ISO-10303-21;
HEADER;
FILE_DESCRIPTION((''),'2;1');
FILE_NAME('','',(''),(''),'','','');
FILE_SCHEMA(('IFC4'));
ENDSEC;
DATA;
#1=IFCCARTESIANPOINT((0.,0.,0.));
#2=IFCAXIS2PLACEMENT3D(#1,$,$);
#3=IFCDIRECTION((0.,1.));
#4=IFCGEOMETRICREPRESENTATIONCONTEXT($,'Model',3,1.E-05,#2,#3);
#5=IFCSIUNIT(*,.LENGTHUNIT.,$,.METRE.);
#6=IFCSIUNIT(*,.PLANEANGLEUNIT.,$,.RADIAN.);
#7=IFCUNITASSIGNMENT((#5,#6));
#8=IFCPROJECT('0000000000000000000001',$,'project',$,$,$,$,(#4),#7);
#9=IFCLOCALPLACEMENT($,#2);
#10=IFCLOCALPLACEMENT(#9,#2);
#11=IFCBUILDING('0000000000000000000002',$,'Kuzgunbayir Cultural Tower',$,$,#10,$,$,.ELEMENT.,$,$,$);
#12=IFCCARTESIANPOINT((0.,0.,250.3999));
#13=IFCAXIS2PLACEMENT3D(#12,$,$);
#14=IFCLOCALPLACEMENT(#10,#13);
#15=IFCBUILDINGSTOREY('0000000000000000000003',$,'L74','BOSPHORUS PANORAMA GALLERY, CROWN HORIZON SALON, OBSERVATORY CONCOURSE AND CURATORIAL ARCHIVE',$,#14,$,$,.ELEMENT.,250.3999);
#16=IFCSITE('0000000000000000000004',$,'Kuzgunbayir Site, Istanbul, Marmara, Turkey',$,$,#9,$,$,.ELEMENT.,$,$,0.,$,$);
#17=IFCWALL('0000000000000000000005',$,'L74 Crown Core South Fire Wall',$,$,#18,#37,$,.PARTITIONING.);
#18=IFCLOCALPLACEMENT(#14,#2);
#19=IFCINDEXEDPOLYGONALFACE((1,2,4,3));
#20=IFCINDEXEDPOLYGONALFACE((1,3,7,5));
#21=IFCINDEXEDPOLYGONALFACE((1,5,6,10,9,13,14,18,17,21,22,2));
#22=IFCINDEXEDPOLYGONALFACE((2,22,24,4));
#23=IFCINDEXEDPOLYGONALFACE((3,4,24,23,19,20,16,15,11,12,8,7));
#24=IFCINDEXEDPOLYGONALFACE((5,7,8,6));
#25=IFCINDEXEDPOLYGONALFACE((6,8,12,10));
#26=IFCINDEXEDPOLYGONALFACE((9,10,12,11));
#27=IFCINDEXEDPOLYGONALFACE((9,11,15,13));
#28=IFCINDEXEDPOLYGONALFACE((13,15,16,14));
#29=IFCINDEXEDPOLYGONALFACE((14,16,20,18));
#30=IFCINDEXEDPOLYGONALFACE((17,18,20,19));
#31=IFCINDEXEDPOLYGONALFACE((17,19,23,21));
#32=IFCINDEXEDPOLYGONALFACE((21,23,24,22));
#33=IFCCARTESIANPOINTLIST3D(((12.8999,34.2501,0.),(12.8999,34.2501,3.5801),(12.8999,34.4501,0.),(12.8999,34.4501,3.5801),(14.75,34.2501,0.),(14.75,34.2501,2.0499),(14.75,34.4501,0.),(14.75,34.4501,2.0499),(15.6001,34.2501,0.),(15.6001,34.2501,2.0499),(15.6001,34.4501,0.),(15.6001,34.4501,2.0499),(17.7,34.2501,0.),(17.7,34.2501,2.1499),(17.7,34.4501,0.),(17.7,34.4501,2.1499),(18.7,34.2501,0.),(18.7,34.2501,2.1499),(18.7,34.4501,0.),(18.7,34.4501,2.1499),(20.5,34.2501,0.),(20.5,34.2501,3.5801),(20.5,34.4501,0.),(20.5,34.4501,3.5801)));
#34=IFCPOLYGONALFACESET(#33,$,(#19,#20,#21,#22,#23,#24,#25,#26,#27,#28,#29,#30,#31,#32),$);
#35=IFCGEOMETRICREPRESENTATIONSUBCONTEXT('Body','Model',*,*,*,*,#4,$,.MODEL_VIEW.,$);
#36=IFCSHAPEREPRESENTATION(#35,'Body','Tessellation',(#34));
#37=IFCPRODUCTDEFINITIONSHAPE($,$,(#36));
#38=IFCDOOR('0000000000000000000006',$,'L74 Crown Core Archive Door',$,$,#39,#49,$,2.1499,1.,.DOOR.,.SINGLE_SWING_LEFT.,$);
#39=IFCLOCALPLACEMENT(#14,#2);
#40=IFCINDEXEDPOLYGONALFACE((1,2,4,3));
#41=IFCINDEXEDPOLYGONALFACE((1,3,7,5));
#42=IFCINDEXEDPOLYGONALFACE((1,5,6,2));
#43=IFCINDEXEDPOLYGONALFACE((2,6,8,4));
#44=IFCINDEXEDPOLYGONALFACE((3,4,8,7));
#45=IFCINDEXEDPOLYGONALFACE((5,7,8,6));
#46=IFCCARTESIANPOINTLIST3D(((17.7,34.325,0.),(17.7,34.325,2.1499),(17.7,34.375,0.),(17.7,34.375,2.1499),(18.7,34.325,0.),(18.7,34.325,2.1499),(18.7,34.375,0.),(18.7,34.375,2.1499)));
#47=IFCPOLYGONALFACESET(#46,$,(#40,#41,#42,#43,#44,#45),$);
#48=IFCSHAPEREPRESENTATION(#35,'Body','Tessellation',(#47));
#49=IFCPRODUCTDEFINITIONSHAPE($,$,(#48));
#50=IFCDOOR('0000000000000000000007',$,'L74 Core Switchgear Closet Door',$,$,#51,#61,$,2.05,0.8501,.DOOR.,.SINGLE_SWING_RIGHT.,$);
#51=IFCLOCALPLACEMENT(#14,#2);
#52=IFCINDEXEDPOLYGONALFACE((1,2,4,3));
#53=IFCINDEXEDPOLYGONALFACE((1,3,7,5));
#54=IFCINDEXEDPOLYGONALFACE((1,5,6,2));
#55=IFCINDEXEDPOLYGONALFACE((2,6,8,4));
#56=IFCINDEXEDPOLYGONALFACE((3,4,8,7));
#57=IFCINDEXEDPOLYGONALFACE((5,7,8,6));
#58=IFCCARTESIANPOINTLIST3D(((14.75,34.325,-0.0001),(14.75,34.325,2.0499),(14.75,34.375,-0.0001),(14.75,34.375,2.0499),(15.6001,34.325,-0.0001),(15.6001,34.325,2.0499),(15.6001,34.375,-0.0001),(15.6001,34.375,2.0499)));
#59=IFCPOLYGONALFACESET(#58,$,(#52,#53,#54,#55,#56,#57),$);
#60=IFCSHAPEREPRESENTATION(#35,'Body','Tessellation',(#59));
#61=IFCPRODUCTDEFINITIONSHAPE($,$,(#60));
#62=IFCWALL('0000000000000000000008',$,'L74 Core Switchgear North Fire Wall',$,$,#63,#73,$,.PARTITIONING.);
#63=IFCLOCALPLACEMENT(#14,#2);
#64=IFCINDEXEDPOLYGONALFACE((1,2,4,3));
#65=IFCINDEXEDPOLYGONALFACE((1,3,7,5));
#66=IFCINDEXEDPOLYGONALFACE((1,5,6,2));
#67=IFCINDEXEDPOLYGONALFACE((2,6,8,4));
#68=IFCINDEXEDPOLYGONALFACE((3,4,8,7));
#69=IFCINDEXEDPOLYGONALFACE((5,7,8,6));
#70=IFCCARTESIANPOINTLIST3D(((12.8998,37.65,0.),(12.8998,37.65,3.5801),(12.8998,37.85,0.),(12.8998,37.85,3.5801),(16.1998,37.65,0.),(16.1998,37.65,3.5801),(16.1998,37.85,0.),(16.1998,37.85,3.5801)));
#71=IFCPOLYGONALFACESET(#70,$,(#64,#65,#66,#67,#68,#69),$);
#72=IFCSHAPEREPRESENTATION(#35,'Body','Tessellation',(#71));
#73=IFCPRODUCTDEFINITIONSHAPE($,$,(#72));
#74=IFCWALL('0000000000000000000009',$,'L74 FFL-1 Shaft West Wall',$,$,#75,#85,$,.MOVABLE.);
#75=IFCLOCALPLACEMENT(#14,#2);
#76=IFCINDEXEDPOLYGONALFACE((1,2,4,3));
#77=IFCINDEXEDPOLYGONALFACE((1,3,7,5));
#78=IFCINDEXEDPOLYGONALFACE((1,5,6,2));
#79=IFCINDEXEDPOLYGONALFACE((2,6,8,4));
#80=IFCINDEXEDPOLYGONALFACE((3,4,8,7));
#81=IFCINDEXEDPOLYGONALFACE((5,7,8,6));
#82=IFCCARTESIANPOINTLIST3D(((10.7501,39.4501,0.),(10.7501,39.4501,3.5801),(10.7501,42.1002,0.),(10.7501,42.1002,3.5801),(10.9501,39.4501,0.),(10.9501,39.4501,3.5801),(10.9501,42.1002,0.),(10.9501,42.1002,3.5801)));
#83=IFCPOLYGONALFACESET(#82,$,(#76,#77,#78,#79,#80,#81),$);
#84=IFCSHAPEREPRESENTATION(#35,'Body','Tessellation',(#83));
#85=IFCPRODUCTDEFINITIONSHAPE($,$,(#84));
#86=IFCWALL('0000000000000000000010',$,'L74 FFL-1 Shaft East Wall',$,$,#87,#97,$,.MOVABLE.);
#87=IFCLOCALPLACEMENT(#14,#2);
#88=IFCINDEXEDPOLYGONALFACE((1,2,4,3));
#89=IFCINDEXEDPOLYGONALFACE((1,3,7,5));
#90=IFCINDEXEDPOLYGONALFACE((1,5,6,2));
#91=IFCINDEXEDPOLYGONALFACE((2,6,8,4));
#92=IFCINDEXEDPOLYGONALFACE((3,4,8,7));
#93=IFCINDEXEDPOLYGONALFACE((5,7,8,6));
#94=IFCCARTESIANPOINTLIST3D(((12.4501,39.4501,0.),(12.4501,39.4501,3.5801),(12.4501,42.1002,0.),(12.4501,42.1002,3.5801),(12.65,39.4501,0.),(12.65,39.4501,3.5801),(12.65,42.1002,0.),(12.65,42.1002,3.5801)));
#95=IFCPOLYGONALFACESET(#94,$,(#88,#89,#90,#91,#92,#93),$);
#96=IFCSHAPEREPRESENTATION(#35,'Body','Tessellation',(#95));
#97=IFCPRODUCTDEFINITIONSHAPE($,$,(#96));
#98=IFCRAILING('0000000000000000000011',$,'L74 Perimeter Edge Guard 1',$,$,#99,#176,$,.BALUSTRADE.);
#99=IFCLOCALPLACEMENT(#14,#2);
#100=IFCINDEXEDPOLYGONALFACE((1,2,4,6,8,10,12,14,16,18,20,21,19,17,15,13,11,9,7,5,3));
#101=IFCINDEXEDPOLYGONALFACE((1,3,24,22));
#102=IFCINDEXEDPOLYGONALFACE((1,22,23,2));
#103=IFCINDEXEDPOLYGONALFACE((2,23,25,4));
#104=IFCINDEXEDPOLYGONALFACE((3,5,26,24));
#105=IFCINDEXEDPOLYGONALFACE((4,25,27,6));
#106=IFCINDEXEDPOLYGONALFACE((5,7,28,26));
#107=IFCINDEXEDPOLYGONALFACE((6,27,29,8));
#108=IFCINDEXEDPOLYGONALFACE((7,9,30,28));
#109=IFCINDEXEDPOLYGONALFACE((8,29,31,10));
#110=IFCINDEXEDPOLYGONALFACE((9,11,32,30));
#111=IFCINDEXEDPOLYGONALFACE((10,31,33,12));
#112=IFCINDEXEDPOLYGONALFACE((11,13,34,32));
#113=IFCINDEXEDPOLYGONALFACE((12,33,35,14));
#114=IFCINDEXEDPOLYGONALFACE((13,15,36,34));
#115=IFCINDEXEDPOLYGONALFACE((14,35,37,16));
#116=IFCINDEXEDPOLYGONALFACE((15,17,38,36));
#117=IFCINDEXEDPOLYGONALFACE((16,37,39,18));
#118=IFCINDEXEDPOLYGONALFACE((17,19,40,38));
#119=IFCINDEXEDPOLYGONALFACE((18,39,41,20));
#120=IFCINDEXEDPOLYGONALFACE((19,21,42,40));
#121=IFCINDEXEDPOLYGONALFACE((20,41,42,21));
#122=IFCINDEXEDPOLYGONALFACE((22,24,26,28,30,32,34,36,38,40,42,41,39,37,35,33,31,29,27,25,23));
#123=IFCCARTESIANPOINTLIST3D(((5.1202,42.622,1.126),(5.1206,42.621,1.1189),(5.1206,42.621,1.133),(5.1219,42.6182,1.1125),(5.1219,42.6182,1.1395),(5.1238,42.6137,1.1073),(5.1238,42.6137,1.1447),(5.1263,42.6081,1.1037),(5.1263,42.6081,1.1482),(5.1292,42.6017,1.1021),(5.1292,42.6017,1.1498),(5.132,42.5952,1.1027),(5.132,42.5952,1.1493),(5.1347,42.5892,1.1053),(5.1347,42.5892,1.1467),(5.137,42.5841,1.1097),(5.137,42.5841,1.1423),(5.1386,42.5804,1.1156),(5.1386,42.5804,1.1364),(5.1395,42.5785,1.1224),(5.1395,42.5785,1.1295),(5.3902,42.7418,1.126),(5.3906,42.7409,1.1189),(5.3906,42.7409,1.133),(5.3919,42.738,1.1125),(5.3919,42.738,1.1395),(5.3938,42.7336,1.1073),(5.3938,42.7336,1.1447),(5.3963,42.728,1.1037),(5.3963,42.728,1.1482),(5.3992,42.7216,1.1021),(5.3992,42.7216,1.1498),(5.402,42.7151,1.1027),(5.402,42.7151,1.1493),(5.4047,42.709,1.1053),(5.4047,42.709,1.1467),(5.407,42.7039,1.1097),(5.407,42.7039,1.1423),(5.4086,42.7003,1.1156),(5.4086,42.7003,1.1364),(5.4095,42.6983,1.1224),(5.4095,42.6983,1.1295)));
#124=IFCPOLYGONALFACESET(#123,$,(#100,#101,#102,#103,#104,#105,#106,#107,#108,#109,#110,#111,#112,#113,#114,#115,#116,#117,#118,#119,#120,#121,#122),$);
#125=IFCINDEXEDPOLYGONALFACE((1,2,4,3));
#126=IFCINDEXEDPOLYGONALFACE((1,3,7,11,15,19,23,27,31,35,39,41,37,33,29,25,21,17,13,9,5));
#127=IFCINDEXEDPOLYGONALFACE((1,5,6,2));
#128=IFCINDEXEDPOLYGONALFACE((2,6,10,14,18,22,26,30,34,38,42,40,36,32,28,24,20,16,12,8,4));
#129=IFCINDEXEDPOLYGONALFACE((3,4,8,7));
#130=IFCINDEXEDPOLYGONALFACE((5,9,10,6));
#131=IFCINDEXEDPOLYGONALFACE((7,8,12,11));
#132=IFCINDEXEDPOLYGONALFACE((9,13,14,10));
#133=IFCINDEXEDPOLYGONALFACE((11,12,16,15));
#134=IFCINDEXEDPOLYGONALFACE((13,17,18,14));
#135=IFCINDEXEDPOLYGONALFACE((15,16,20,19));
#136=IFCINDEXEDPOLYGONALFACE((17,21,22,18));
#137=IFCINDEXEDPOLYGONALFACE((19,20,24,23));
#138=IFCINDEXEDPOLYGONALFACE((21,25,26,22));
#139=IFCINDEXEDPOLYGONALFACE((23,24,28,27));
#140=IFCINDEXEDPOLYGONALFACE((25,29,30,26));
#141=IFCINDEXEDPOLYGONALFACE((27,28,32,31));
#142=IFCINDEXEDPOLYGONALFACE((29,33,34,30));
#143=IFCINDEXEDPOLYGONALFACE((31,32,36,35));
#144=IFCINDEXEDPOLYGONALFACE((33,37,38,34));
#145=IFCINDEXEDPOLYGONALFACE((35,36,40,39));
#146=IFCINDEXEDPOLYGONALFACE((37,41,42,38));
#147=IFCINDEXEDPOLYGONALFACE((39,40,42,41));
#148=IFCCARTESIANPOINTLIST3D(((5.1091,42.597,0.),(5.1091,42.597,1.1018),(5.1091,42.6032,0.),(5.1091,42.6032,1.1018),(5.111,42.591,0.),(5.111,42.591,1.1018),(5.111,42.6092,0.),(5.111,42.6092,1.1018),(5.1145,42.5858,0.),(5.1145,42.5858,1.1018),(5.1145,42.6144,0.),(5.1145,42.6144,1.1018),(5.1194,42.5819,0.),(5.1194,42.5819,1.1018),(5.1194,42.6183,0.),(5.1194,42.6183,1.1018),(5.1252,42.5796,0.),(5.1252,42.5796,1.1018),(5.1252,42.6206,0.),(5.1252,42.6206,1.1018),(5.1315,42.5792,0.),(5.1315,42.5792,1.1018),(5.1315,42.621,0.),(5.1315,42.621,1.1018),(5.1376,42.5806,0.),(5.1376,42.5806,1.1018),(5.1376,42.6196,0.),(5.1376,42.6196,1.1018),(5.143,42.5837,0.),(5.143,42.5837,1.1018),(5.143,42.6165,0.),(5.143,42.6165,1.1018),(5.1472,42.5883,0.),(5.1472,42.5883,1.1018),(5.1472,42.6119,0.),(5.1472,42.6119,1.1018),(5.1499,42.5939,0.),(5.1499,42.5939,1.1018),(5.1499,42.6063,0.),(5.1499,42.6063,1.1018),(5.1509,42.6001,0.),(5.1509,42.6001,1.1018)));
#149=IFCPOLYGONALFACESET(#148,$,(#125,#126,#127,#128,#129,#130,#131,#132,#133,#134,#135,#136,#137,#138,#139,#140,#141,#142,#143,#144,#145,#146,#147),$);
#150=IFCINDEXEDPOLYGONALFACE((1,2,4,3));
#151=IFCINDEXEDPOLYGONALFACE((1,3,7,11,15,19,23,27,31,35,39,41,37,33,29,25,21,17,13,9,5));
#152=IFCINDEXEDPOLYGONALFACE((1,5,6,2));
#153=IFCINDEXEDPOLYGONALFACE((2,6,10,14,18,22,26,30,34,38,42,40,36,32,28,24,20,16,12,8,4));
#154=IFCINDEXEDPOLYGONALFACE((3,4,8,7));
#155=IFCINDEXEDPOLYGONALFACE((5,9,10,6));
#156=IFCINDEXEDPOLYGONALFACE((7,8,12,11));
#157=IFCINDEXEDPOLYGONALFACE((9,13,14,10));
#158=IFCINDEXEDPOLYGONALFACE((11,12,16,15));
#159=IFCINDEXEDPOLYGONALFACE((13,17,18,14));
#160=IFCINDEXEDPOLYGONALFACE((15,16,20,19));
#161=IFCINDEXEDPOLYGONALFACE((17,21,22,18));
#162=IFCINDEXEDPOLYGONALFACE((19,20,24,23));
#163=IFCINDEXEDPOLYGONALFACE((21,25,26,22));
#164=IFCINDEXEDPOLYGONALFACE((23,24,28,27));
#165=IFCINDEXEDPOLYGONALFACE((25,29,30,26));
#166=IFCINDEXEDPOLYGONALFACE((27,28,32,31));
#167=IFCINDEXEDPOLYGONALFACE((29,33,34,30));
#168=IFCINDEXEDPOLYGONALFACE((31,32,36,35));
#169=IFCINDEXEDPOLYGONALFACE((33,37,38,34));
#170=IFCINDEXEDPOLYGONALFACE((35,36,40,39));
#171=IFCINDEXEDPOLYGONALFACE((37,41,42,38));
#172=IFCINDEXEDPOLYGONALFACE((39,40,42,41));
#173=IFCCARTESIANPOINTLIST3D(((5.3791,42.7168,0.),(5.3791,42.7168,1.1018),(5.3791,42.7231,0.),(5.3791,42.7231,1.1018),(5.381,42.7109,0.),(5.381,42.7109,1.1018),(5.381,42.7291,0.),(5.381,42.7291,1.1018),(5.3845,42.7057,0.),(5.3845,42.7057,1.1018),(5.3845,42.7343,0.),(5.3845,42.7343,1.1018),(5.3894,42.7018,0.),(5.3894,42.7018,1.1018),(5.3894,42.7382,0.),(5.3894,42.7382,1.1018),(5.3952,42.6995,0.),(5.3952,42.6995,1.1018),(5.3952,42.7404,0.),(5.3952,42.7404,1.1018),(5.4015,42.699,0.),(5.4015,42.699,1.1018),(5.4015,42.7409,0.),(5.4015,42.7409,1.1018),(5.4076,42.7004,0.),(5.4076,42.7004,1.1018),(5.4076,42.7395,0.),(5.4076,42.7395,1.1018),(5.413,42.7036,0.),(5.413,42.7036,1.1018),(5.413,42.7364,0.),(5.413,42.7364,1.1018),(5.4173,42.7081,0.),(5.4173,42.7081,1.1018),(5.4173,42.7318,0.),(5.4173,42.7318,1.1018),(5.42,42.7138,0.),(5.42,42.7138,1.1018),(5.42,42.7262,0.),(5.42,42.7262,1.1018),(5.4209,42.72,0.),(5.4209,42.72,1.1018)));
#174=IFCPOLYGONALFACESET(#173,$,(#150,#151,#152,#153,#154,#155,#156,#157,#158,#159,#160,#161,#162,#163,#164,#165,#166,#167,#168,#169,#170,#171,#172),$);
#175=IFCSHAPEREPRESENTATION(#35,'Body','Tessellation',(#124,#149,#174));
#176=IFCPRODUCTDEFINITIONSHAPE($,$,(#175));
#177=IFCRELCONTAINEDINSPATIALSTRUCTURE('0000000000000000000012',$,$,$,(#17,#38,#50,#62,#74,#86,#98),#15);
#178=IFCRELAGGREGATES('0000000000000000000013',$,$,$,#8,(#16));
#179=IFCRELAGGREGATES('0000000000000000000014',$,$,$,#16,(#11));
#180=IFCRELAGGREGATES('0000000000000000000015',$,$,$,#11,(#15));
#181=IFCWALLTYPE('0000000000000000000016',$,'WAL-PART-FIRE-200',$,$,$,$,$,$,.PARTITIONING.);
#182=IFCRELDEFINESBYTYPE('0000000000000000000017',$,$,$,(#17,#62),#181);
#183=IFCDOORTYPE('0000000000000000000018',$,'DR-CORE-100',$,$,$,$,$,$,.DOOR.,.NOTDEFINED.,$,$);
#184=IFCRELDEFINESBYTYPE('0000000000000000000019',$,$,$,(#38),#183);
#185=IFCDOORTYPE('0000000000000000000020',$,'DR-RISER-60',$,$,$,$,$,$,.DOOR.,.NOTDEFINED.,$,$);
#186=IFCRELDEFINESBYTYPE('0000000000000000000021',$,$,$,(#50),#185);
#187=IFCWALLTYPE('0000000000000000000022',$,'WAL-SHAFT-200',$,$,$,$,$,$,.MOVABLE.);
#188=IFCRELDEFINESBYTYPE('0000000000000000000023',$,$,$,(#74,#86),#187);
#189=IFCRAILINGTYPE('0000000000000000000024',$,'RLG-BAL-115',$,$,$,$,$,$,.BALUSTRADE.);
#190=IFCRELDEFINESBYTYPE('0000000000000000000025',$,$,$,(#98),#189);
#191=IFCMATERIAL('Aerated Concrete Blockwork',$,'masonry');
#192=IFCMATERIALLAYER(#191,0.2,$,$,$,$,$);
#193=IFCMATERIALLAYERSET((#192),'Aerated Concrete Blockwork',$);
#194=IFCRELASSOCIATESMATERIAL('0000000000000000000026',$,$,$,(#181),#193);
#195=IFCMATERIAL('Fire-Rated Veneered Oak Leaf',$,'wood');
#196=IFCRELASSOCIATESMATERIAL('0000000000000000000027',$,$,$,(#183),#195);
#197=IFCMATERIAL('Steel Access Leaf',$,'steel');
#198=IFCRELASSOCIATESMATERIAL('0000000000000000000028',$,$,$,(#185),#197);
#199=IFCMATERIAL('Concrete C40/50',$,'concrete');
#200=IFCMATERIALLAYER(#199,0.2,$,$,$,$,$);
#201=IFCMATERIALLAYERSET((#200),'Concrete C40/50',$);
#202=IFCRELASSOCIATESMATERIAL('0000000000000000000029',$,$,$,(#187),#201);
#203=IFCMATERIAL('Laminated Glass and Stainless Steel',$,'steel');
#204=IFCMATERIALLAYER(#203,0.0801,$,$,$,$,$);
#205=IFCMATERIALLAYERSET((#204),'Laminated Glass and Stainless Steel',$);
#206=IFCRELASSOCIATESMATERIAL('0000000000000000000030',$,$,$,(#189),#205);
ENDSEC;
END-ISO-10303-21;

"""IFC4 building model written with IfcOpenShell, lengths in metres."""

from ifc_helpers import new_model, si_unit, direction, frame, frame_2d, origin, origin_2d, place, context, subcontext, project, spatial, rectangle, circle, extrude, material, layer, layer_set, type_object, element, fill, save


model = new_model("IFC4")

# Units and contexts
model_context = context("Model", 3, precision=1e-05, world=origin(), true_north=direction((0.0, 1.0)))
body_context = subcontext(model_context, "Body", "Model", "MODEL_VIEW")
ifc_project = project(units=[si_unit("LENGTHUNIT", "METRE"), si_unit("PLANEANGLEUNIT", "RADIAN")], contexts=[model_context])

# Site, building, storey
site_placement = place(None, origin())
site = spatial("IfcSite", under=ifc_project, at=site_placement, Name="Kuzgunbayir Site, Istanbul, Marmara, Turkey", CompositionType="ELEMENT", RefElevation=0.0)
building_placement = place(site_placement, origin())
building = spatial("IfcBuilding", under=site, at=building_placement, Name="Kuzgunbayir Cultural Tower", CompositionType="ELEMENT")
storey_placement = place(building_placement, frame((0.0, 0.0, 250.3999)))
storey = spatial("IfcBuildingStorey", under=building, at=storey_placement, Name="L74", Description="BOSPHORUS PANORAMA GALLERY, CROWN HORIZON SALON, OBSERVATORY CONCOURSE AND CURATORIAL ARCHIVE", CompositionType="ELEMENT", Elevation=250.3999)

# Wall, openings, doors
ifc_material_1 = material(Name="Aerated Concrete Blockwork", Category="masonry")
ifc_layer_1 = layer(ifc_material_1, 0.2)
ifc_layer_set_1 = layer_set([ifc_layer_1], Name="Aerated Concrete Blockwork")
wall_type_1 = type_object("IfcWallType", Name="WAL-PART-FIRE-200", PredefinedType="PARTITIONING", material=ifc_layer_set_1)
wall_1_placement = place(storey_placement, frame((12.8999, 34.3501, 0.0), z_axis=(0.0, 0.0, 1.0), x_axis=(1.0, 0.0, 0.0)))
wall_1 = element("IfcWall", 1, at=wall_1_placement, inside=storey, type_object=wall_type_1, Name="L74 Crown Core South Fire Wall", PredefinedType="PARTITIONING", context=body_context, shape_type="SweptSolid", body=[
    extrude(rectangle(XDim=7.6001, YDim=0.2, at=frame_2d((3.8, 0.0))), origin(), (0.0, 0.0, 1.0), 3.5801),
])
opening_1_placement = place(wall_1_placement, frame((1.8501, 0.0, 0.0)))
opening_1 = element("IfcOpeningElement", 2, at=opening_1_placement, cuts=wall_1, PredefinedType="OPENING", context=body_context, shape_type="SweptSolid", body=[
    extrude(rectangle(XDim=0.8501, YDim=2.05, at=frame_2d((0.425, 1.0249))), frame((0.0, 0.1099, 0.0), z_axis=(0.0, -1.0, 0.0), x_axis=(1.0, 0.0, 0.0)), (0.0, 0.0, 1.0), 0.22),
])
opening_2_placement = place(wall_1_placement, frame((4.8, 0.0, 0.0)))
opening_2 = element("IfcOpeningElement", 3, at=opening_2_placement, cuts=wall_1, PredefinedType="OPENING", context=body_context, shape_type="SweptSolid", body=[
    extrude(rectangle(XDim=1.0, YDim=2.1499, at=frame_2d((0.5, 1.075))), frame((0.0, 0.1099, 0.0), z_axis=(0.0, -1.0, 0.0), x_axis=(1.0, 0.0, 0.0)), (0.0, 0.0, 1.0), 0.22),
])
ifc_material_2 = material(Name="Fire-Rated Veneered Oak Leaf", Category="wood")
door_type_1 = type_object("IfcDoorType", Name="DR-CORE-100", OperationType="NOTDEFINED", PredefinedType="DOOR", material=ifc_material_2)
door_1_placement = place(opening_2_placement, origin())
door_1 = element("IfcDoor", 4, at=door_1_placement, inside=storey, type_object=door_type_1, Name="L74 Crown Core Archive Door", OperationType="SINGLE_SWING_LEFT", OverallHeight=2.1499, OverallWidth=1.0, PredefinedType="DOOR", context=body_context, shape_type="SweptSolid", body=[
    extrude(rectangle(XDim=1.0, YDim=2.1499, at=frame_2d((0.5, 1.075))), frame((0.0, 0.0249, 0.0), z_axis=(0.0, -1.0, 0.0), x_axis=(1.0, 0.0, 0.0)), (0.0, 0.0, 1.0), 0.05),
])
fill(opening_2, door_1)
ifc_material_3 = material(Name="Steel Access Leaf", Category="steel")
door_type_2 = type_object("IfcDoorType", Name="DR-RISER-60", OperationType="NOTDEFINED", PredefinedType="DOOR", material=ifc_material_3)
door_2_placement = place(opening_1_placement, origin())
door_2 = element("IfcDoor", 5, at=door_2_placement, inside=storey, type_object=door_type_2, Name="L74 Core Switchgear Closet Door", OperationType="SINGLE_SWING_RIGHT", OverallHeight=2.05, OverallWidth=0.8501, PredefinedType="DOOR", context=body_context, shape_type="SweptSolid", body=[
    extrude(rectangle(XDim=0.8501, YDim=2.05, at=frame_2d((0.425, 1.0249))), frame((0.0, 0.0249, 0.0), z_axis=(0.0, -1.0, 0.0), x_axis=(1.0, 0.0, 0.0)), (0.0, 0.0, 1.0), 0.05),
])
fill(opening_1, door_2)

# Wall
wall_2_placement = place(storey_placement, frame((12.8999, 37.75, 0.0), z_axis=(0.0, 0.0, 1.0), x_axis=(1.0, 0.0, 0.0)))
element("IfcWall", 6, at=wall_2_placement, inside=storey, type_object=wall_type_1, Name="L74 Core Switchgear North Fire Wall", PredefinedType="PARTITIONING", context=body_context, shape_type="SweptSolid", body=[
    extrude(rectangle(XDim=3.3, YDim=0.2, at=frame_2d((1.6499, 0.0))), origin(), (0.0, 0.0, 1.0), 3.5801),
])

# Shared definitions
ifc_material_4 = material(Name="Concrete C40/50", Category="concrete")
ifc_layer_2 = layer(ifc_material_4, 0.2)
ifc_layer_set_2 = layer_set([ifc_layer_2], Name="Concrete C40/50")
wall_type_2 = type_object("IfcWallType", Name="WAL-SHAFT-200", PredefinedType="MOVABLE", material=ifc_layer_set_2)

# Walls
for number, where, z_axis, x_axis, name in (
    (7, (10.8501, 39.45, 0.0), (0.0, 0.0, 1.0), (0.0, 1.0, 0.0), "L74 FFL-1 Shaft West Wall"),
    (8, (12.55, 39.45, 0.0), (0.0, 0.0, 1.0), (0.0, 1.0, 0.0), "L74 FFL-1 Shaft East Wall"),
):
    element("IfcWall", number, at=place(storey_placement, frame(where, z_axis=z_axis, x_axis=x_axis)), inside=storey, type_object=wall_type_2, Name=name, PredefinedType="MOVABLE", context=body_context, shape_type="SweptSolid", body=[
        extrude(rectangle(XDim=2.6501, YDim=0.2, at=frame_2d((1.3252, 0.0))), origin(), (0.0, 0.0, 1.0), 3.5801),
    ])

# Railing
ifc_material_5 = material(Name="Laminated Glass and Stainless Steel", Category="steel")
ifc_layer_3 = layer(ifc_material_5, 0.0801)
ifc_layer_set_3 = layer_set([ifc_layer_3], Name="Laminated Glass and Stainless Steel")
railing_type_1 = type_object("IfcRailingType", Name="RLG-BAL-115", PredefinedType="BALUSTRADE", material=ifc_layer_set_3)
railing_1_placement = place(storey_placement, frame((5.1299, 42.6001, 0.0)))
element("IfcRailing", 9, at=railing_1_placement, inside=storey, type_object=railing_type_1, Name="L74 Perimeter Edge Guard 1", PredefinedType="BALUSTRADE", context=body_context, shape_type="SweptSolid", body=[
    extrude(circle(Radius=0.0239, at=origin_2d()), frame((0.0, 0.0, 1.126), z_axis=(0.913982, 0.405755, 0.0), x_axis=(-0.405755, 0.913982, 0.0)), (0.0, 0.0, 1.0), 0.2954),
    extrude(circle(Radius=0.021, at=origin_2d()), origin(), (0.0, 0.0, 1.0), 1.1018),
    extrude(circle(Radius=0.021, at=origin_2d()), frame((0.27, 0.1199, 0.0)), (0.0, 0.0, 1.0), 1.1018),
])

save(model, "model.ifc")
